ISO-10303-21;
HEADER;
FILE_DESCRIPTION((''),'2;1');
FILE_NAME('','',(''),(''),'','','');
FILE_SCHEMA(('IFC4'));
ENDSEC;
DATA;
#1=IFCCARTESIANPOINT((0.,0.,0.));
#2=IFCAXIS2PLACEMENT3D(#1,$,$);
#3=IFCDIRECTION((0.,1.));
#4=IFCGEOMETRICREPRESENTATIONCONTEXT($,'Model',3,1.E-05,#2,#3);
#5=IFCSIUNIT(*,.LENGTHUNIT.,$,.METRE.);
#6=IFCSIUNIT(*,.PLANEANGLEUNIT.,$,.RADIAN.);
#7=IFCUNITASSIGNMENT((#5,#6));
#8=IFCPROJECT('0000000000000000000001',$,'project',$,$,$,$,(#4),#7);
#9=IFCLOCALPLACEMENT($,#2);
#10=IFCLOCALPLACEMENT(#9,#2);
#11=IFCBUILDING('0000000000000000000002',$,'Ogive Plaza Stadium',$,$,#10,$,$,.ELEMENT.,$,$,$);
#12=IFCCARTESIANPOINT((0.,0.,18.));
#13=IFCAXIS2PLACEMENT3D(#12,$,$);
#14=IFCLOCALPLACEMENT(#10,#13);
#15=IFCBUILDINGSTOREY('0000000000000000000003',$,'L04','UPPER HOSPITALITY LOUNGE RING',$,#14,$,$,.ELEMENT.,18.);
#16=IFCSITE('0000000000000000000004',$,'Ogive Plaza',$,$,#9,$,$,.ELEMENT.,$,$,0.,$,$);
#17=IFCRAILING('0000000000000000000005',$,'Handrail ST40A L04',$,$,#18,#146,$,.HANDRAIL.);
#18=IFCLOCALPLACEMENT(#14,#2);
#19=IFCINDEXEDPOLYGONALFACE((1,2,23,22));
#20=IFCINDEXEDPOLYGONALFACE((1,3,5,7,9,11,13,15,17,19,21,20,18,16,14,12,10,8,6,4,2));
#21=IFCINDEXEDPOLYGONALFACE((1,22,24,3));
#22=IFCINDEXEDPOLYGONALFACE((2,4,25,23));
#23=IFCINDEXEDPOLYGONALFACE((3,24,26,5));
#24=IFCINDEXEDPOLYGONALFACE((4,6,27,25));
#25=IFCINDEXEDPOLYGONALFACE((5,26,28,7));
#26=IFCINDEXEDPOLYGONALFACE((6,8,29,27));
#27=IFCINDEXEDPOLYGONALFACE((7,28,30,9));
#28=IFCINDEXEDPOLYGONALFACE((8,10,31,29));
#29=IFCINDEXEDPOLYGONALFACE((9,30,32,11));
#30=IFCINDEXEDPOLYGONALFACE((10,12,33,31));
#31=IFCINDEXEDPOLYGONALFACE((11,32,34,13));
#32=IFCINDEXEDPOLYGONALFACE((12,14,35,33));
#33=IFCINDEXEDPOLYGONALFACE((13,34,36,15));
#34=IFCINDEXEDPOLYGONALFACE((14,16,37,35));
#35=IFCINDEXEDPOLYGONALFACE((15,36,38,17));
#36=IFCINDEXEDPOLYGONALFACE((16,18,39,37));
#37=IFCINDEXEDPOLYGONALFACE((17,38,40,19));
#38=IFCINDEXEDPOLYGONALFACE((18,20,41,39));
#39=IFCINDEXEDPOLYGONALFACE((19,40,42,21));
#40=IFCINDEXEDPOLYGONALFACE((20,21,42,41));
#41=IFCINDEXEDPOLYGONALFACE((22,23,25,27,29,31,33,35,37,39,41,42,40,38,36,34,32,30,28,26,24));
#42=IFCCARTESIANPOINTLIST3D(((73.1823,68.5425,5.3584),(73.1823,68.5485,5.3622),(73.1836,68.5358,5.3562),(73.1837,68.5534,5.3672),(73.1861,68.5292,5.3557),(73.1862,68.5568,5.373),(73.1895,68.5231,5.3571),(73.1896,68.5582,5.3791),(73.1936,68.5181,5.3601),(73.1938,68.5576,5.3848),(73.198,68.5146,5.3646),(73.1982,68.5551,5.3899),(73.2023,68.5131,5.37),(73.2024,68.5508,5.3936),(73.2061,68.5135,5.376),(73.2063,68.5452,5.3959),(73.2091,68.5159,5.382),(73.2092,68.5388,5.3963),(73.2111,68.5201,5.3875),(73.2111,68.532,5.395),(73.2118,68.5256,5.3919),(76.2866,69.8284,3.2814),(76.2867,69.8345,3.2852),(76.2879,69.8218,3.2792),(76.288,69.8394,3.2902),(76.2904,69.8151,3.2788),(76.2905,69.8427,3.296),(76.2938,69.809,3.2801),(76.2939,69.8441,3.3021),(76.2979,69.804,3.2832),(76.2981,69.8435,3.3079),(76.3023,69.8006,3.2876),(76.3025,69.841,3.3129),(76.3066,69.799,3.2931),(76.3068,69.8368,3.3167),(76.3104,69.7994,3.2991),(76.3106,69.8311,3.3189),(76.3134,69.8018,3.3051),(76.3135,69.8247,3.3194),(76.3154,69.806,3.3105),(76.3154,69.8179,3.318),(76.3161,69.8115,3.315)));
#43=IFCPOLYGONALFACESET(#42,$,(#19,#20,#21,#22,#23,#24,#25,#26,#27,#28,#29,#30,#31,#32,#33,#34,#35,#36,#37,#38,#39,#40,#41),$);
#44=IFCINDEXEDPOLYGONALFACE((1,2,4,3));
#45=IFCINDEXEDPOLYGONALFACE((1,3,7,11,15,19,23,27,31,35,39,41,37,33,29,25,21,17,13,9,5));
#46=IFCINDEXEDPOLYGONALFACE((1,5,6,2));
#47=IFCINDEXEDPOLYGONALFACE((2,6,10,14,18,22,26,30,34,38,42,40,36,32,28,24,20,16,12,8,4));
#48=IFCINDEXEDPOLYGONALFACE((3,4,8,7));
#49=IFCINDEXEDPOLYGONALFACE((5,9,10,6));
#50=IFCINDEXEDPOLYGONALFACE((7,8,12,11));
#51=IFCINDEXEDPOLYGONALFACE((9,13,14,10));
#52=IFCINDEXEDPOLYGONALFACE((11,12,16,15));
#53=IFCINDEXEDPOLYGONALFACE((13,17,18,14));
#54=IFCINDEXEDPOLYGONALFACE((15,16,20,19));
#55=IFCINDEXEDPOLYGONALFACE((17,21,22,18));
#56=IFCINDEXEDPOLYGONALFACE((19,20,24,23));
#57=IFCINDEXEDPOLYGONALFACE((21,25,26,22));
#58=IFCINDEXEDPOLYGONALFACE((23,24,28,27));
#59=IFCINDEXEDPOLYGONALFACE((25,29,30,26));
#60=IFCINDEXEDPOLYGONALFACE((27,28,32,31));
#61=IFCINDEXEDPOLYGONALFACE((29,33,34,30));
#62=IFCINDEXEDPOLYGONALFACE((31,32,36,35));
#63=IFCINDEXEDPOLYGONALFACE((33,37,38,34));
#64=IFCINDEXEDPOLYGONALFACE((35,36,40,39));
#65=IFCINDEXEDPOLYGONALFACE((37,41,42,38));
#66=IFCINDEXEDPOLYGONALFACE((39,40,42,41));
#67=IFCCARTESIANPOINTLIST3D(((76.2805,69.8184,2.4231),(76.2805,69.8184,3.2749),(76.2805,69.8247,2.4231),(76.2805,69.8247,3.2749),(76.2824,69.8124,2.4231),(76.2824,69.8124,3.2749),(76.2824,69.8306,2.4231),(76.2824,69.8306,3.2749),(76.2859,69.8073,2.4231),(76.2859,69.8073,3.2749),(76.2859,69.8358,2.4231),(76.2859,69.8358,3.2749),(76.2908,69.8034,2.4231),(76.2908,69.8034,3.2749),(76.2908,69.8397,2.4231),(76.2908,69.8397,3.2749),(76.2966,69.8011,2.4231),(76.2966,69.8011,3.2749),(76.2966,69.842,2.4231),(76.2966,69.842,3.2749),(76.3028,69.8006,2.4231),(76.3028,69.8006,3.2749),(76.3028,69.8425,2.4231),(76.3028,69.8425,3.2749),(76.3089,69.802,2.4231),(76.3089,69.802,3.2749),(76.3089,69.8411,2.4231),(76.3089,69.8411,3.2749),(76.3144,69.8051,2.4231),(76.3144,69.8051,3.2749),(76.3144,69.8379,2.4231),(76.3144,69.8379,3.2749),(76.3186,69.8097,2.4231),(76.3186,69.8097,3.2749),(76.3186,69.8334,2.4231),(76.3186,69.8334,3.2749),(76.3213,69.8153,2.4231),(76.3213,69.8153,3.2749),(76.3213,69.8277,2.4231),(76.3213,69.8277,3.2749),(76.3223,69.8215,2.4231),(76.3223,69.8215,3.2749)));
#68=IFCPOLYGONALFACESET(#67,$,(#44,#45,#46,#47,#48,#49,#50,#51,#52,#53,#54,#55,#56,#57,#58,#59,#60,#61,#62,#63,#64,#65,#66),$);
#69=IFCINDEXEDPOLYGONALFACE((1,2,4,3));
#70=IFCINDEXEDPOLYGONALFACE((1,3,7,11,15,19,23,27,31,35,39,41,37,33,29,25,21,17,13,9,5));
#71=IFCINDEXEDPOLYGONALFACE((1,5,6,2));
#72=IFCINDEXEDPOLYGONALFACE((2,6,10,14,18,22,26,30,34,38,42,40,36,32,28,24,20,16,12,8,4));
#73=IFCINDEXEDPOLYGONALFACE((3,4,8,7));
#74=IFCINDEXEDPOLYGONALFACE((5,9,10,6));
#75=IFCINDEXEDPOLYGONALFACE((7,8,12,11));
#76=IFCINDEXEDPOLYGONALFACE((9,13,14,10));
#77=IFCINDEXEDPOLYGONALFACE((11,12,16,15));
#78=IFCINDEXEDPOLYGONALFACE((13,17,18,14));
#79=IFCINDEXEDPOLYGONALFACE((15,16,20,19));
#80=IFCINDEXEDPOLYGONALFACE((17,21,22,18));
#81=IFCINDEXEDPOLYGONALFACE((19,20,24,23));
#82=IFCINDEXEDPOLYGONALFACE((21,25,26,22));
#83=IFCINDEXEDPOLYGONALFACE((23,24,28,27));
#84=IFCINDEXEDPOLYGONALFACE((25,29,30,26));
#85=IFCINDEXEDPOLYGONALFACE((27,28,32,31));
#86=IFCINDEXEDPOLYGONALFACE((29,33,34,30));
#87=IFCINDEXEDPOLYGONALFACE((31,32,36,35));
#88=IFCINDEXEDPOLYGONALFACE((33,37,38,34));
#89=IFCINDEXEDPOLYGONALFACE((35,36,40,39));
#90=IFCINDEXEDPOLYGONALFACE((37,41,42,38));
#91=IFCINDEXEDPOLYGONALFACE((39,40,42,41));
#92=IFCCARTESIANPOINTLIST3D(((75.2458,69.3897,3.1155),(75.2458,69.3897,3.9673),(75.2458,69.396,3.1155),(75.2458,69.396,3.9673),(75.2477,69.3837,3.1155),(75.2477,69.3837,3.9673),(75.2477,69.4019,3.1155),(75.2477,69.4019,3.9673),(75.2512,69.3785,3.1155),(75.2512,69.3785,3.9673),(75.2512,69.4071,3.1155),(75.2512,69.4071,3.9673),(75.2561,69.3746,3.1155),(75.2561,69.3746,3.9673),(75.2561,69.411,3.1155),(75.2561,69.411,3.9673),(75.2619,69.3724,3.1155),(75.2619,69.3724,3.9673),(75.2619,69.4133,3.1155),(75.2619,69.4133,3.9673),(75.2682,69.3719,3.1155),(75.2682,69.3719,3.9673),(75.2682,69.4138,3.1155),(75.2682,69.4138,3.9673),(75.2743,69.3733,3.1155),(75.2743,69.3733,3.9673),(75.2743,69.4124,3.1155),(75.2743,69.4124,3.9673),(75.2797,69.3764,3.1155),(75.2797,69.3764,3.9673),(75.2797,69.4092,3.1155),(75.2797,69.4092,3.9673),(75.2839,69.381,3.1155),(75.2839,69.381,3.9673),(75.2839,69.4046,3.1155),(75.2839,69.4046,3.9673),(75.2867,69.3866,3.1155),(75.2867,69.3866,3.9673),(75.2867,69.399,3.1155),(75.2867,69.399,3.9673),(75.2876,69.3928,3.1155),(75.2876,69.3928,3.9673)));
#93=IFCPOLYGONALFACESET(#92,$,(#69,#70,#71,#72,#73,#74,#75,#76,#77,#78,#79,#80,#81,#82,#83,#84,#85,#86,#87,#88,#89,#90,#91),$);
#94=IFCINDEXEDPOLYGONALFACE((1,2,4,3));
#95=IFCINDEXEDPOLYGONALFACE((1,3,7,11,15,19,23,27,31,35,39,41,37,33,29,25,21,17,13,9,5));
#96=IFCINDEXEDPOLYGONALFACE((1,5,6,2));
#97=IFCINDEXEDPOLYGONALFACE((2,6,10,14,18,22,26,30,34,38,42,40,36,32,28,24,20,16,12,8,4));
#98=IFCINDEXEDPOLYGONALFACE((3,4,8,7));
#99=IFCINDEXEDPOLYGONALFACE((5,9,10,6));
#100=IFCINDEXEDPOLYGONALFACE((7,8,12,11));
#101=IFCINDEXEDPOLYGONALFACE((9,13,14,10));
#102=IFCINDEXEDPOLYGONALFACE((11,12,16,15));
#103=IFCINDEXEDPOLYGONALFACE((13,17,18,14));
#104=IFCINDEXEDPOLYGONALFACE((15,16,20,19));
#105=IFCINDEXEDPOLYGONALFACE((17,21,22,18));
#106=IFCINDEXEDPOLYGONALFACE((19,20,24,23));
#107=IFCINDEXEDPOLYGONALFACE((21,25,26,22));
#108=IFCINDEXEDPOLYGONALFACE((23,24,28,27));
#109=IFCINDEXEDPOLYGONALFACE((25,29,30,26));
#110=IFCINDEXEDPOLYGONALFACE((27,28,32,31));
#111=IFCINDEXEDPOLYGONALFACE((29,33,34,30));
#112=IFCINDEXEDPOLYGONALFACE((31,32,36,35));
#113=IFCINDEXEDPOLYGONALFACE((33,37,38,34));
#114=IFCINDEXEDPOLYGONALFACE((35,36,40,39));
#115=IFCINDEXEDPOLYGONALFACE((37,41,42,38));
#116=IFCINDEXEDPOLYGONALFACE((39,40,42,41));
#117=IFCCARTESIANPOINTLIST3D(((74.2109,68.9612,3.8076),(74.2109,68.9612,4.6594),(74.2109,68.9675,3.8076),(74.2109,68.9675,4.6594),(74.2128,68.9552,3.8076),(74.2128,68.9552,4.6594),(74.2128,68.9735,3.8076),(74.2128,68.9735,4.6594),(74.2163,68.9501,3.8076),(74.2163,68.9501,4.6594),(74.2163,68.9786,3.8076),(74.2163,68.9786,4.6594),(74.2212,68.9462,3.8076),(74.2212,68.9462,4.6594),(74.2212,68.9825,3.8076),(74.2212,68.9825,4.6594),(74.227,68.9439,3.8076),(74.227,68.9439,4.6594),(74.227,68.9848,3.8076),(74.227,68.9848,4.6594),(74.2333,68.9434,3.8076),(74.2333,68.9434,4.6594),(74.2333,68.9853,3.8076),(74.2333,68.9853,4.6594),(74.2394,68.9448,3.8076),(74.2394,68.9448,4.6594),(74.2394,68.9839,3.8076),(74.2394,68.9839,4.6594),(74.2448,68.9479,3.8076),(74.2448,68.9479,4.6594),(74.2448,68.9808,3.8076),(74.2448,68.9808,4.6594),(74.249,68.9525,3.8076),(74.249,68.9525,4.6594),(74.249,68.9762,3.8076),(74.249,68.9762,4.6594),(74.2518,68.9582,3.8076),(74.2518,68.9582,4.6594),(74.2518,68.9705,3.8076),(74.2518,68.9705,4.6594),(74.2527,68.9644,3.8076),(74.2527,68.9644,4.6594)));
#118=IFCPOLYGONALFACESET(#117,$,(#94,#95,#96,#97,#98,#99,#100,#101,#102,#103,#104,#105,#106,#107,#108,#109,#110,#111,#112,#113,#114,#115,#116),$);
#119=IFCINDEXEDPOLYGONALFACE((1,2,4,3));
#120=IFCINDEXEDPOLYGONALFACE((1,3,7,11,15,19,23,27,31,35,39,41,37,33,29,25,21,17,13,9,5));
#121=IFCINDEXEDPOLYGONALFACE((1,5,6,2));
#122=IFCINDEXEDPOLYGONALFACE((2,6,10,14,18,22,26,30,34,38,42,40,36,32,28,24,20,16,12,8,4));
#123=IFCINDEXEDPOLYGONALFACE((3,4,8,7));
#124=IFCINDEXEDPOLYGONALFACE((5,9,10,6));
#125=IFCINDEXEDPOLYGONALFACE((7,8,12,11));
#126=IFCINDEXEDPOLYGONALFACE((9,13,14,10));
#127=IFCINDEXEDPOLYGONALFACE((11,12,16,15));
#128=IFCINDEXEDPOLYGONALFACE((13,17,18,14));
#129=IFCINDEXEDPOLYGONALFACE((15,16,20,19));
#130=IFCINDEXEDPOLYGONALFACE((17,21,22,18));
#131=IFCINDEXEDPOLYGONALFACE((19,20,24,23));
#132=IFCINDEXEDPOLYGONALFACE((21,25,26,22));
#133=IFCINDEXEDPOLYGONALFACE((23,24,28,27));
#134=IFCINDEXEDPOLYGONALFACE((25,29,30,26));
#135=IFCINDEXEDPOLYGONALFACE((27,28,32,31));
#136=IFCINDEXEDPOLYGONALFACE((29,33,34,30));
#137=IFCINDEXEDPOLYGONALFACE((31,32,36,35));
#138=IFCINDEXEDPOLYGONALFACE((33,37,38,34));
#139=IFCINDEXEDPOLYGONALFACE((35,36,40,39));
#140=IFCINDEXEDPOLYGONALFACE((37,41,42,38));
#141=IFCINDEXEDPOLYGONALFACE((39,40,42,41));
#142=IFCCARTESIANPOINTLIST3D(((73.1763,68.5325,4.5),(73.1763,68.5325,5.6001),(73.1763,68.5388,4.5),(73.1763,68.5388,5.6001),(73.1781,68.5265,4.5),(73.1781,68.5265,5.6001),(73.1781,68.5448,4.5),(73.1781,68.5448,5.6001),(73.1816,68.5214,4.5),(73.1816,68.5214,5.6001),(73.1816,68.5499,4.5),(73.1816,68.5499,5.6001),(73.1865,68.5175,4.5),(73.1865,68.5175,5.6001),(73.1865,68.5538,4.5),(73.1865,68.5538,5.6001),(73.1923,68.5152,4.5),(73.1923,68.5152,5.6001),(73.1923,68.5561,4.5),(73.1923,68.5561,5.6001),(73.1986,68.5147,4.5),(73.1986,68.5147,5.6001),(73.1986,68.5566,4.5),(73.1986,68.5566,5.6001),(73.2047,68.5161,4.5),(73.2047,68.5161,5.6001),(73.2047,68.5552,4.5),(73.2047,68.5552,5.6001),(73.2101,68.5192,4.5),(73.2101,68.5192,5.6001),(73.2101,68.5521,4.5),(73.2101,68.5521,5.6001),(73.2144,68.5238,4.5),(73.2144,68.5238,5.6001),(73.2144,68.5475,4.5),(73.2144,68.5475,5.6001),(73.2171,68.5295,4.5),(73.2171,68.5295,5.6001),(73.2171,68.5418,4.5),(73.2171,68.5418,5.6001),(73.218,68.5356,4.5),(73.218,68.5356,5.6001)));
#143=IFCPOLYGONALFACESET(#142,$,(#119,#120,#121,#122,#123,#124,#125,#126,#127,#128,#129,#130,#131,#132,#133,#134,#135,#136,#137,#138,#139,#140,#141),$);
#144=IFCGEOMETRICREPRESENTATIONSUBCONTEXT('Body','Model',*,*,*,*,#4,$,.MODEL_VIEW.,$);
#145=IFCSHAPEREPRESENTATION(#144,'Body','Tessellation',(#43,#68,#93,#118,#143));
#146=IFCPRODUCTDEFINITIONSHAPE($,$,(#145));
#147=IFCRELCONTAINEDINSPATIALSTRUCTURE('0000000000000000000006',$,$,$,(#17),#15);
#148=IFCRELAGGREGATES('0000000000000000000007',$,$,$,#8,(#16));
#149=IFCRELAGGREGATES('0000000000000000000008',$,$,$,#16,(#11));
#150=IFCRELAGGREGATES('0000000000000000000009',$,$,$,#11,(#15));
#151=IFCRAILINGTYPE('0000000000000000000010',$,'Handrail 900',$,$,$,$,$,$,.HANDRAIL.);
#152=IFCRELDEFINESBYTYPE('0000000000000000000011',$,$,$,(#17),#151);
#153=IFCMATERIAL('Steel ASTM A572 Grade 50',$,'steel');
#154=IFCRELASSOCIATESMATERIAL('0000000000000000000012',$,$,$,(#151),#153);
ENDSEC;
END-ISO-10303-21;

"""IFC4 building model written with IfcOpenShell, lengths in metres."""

from ifc_helpers import new_model, si_unit, direction, frame, origin, origin_2d, place, context, subcontext, project, spatial, circle, extrude, material, type_object, element, save


model = new_model("IFC4")

# Units and contexts
model_context = context("Model", 3, precision=1e-05, world=origin(), true_north=direction((0.0, 1.0)))
body_context = subcontext(model_context, "Body", "Model", "MODEL_VIEW")
ifc_project = project(units=[si_unit("LENGTHUNIT", "METRE"), si_unit("PLANEANGLEUNIT", "RADIAN")], contexts=[model_context])

# Site, building, storey
site_placement = place(None, origin())
site = spatial("IfcSite", under=ifc_project, at=site_placement, Name="Ogive Plaza", CompositionType="ELEMENT", RefElevation=0.0)
building_placement = place(site_placement, origin())
building = spatial("IfcBuilding", under=site, at=building_placement, Name="Ogive Plaza Stadium", CompositionType="ELEMENT")
storey_placement = place(building_placement, frame((0.0, 0.0, 18.0)))
storey = spatial("IfcBuildingStorey", under=building, at=storey_placement, Name="L04", Description="UPPER HOSPITALITY LOUNGE RING", CompositionType="ELEMENT", Elevation=18.0)

# Railing
ifc_material_1 = material(Name="Steel ASTM A572 Grade 50", Category="steel")
railing_type_1 = type_object("IfcRailingType", Name="Handrail 900", PredefinedType="HANDRAIL", material=ifc_material_1)
for number, where, name in (
    (1, (76.3013, 69.8215, 2.4231), "Handrail ST40A L04"),
):
    element("IfcRailing", number, at=place(storey_placement, frame(where)), inside=storey, type_object=railing_type_1, Name=name, PredefinedType="HANDRAIL", context=body_context, shape_type="SweptSolid", body=[
        extrude(circle(Radius=0.0239, at=origin_2d()), frame((0.0, 0.0, 0.876), z_axis=(-0.785863, -0.325532, 0.525783), x_axis=(0.3827, -0.923872, 0.0)), (0.0, 0.0, 1.0), 3.9502),
        extrude(circle(Radius=0.021, at=origin_2d()), origin(), (0.0, 0.0, 1.0), 0.8518),
        extrude(circle(Radius=0.021, at=origin_2d()), frame((-1.0347, -0.4287, 0.6924)), (0.0, 0.0, 1.0), 0.8518),
        extrude(circle(Radius=0.021, at=origin_2d()), frame((-2.0696, -0.8572, 1.3845)), (0.0, 0.0, 1.0), 0.8518),
        extrude(circle(Radius=0.021, at=origin_2d()), frame((-3.1042, -1.2859, 2.0769)), (0.0, 0.0, 1.0), 1.1001),
    ])

save(model, "model.ifc")
